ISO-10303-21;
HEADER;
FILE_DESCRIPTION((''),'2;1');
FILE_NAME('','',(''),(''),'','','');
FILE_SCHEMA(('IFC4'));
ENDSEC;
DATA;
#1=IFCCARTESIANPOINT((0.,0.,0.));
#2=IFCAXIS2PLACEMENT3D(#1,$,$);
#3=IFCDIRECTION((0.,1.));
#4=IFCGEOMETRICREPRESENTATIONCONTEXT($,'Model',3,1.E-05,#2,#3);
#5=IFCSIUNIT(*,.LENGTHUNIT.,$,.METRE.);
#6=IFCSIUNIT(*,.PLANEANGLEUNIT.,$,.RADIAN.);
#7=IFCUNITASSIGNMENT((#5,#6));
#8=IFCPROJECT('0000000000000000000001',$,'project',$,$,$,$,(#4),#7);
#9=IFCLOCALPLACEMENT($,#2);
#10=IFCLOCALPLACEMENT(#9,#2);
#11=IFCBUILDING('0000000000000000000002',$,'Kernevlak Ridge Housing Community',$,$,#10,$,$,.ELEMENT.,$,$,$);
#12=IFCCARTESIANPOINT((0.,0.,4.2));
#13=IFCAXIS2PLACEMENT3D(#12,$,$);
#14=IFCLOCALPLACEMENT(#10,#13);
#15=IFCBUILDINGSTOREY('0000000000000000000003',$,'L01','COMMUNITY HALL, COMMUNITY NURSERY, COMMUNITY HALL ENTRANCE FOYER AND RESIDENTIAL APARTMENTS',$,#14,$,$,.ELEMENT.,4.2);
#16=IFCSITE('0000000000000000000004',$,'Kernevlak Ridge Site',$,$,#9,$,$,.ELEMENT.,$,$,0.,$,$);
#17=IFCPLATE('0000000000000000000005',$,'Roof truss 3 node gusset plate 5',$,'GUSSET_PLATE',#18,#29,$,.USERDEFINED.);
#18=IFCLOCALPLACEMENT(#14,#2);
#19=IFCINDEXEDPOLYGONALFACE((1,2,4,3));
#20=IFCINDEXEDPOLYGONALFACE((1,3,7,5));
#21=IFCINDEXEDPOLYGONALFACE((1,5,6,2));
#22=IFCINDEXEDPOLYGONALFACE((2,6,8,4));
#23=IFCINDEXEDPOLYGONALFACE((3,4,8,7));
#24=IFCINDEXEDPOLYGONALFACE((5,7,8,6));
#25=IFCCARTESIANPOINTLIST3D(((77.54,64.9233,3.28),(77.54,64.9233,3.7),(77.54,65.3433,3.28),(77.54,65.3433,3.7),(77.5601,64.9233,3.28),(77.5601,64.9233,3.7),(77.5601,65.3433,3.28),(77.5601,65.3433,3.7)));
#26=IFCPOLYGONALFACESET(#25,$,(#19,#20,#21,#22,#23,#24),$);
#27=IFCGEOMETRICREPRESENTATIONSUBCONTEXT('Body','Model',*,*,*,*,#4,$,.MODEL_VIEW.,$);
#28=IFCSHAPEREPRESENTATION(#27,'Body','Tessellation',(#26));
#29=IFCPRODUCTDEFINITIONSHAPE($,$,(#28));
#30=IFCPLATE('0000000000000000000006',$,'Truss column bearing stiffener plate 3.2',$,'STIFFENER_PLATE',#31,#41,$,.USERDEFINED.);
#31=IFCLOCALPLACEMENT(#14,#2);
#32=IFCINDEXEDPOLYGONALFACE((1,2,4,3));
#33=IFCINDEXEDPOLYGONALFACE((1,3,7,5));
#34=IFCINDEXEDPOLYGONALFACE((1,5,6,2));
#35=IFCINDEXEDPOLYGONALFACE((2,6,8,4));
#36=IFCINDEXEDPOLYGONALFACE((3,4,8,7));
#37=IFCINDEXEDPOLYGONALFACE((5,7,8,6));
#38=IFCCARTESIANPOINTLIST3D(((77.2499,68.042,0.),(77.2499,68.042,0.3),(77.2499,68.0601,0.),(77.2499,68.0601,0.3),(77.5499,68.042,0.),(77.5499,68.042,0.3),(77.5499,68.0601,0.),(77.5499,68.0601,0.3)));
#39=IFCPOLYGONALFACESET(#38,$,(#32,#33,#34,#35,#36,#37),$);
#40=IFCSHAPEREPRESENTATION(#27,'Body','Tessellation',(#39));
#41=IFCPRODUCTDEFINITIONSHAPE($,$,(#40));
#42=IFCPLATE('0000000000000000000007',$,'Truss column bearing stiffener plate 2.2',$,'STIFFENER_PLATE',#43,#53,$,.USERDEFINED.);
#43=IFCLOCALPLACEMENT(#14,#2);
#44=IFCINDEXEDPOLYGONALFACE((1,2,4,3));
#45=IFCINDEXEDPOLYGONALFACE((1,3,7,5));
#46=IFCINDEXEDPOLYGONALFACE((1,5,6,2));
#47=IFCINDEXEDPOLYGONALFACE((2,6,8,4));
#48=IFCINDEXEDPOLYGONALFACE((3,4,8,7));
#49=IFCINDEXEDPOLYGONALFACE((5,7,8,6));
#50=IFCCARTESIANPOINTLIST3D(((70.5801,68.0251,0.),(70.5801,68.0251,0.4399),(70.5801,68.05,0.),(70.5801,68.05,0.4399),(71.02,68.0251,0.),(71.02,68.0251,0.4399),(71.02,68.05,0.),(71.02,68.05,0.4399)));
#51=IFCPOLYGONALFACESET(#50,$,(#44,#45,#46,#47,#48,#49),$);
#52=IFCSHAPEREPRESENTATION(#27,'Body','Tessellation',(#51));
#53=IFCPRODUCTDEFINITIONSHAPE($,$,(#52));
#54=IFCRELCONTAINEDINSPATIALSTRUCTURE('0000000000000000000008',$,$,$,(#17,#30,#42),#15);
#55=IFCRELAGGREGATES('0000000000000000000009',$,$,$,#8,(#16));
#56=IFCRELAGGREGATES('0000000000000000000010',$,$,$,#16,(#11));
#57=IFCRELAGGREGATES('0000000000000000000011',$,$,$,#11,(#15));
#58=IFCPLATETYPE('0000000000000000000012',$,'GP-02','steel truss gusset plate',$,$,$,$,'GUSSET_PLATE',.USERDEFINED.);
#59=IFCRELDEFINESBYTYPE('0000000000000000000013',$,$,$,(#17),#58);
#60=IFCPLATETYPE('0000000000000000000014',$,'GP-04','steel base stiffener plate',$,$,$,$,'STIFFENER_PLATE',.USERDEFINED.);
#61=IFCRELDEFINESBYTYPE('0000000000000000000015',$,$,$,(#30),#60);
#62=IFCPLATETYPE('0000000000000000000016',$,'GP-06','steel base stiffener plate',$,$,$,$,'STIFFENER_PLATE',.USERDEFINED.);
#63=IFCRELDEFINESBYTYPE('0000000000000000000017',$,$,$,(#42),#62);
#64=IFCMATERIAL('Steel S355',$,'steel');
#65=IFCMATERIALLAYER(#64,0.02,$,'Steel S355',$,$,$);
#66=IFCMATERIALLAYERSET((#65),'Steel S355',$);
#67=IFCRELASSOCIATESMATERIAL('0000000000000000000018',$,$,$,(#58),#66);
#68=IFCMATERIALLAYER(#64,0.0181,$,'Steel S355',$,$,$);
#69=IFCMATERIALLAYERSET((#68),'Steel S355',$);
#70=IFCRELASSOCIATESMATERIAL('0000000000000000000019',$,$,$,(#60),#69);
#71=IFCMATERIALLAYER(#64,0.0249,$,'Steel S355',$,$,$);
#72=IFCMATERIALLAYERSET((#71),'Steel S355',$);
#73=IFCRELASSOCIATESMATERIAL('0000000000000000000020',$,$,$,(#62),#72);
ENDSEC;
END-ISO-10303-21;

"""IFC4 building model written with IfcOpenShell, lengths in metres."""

from ifc_helpers import new_model, si_unit, direction, frame, origin, origin_2d, place, context, subcontext, project, spatial, rectangle, extrude, material, layer, layer_set, type_object, element, save


model = new_model("IFC4")

# Units and contexts
model_context = context("Model", 3, precision=1e-05, world=origin(), true_north=direction((0.0, 1.0)))
body_context = subcontext(model_context, "Body", "Model", "MODEL_VIEW")
ifc_project = project(units=[si_unit("LENGTHUNIT", "METRE"), si_unit("PLANEANGLEUNIT", "RADIAN")], contexts=[model_context])

# Site, building, storey
site_placement = place(None, origin())
site = spatial("IfcSite", under=ifc_project, at=site_placement, Name="Kernevlak Ridge Site", CompositionType="ELEMENT", RefElevation=0.0)
building_placement = place(site_placement, origin())
building = spatial("IfcBuilding", under=site, at=building_placement, Name="Kernevlak Ridge Housing Community", CompositionType="ELEMENT")
storey_placement = place(building_placement, frame((0.0, 0.0, 4.2)))
storey = spatial("IfcBuildingStorey", under=building, at=storey_placement, Name="L01", Description="COMMUNITY HALL, COMMUNITY NURSERY, COMMUNITY HALL ENTRANCE FOYER AND RESIDENTIAL APARTMENTS", CompositionType="ELEMENT", Elevation=4.2)

# Shared definitions
ifc_material_1 = material(Name="Steel S355", Category="steel")

# Plates
ifc_layer_1 = layer(ifc_material_1, 0.02, Name="Steel S355")
ifc_layer_set_1 = layer_set([ifc_layer_1], Name="Steel S355")
plate_type_1 = type_object("IfcPlateType", Name="GP-02", Description="steel truss gusset plate", ElementType="GUSSET_PLATE", PredefinedType="USERDEFINED", material=ifc_layer_set_1)
plate_1_placement = place(storey_placement, frame((77.55, 65.1333, 3.28), z_axis=(0.0, 0.0, 1.0), x_axis=(1.0, 0.0, 0.0)))
element("IfcPlate", 1, at=plate_1_placement, inside=storey, type_object=plate_type_1, Name="Roof truss 3 node gusset plate 5", ObjectType="GUSSET_PLATE", PredefinedType="USERDEFINED", context=body_context, shape_type="SweptSolid", body=[
    extrude(rectangle(XDim=0.02, YDim=0.4199, at=origin_2d()), origin(), (0.0, 0.0, 1.0), 0.4199),
])
ifc_layer_2 = layer(ifc_material_1, 0.0181, Name="Steel S355")
ifc_layer_set_2 = layer_set([ifc_layer_2], Name="Steel S355")
plate_type_2 = type_object("IfcPlateType", Name="GP-04", Description="steel base stiffener plate", ElementType="STIFFENER_PLATE", PredefinedType="USERDEFINED", material=ifc_layer_set_2)
plate_2_placement = place(storey_placement, frame((77.3999, 68.051, 0.0), z_axis=(0.0, 0.0, 1.0), x_axis=(1.0, 0.0, 0.0)))
element("IfcPlate", 2, at=plate_2_placement, inside=storey, type_object=plate_type_2, Name="Truss column bearing stiffener plate 3.2", ObjectType="STIFFENER_PLATE", PredefinedType="USERDEFINED", context=body_context, shape_type="SweptSolid", body=[
    extrude(rectangle(XDim=0.3, YDim=0.0181, at=origin_2d()), origin(), (0.0, 0.0, 1.0), 0.3),
])
ifc_layer_3 = layer(ifc_material_1, 0.0249, Name="Steel S355")
ifc_layer_set_3 = layer_set([ifc_layer_3], Name="Steel S355")
plate_type_3 = type_object("IfcPlateType", Name="GP-06", Description="steel base stiffener plate", ElementType="STIFFENER_PLATE", PredefinedType="USERDEFINED", material=ifc_layer_set_3)
plate_3_placement = place(storey_placement, frame((70.8, 68.0376, 0.0), z_axis=(0.0, 0.0, 1.0), x_axis=(1.0, 0.0, 0.0)))
element("IfcPlate", 3, at=plate_3_placement, inside=storey, type_object=plate_type_3, Name="Truss column bearing stiffener plate 2.2", ObjectType="STIFFENER_PLATE", PredefinedType="USERDEFINED", context=body_context, shape_type="SweptSolid", body=[
    extrude(rectangle(XDim=0.4399, YDim=0.0249, at=origin_2d()), origin(), (0.0, 0.0, 1.0), 0.4399),
])

save(model, "model.ifc")
